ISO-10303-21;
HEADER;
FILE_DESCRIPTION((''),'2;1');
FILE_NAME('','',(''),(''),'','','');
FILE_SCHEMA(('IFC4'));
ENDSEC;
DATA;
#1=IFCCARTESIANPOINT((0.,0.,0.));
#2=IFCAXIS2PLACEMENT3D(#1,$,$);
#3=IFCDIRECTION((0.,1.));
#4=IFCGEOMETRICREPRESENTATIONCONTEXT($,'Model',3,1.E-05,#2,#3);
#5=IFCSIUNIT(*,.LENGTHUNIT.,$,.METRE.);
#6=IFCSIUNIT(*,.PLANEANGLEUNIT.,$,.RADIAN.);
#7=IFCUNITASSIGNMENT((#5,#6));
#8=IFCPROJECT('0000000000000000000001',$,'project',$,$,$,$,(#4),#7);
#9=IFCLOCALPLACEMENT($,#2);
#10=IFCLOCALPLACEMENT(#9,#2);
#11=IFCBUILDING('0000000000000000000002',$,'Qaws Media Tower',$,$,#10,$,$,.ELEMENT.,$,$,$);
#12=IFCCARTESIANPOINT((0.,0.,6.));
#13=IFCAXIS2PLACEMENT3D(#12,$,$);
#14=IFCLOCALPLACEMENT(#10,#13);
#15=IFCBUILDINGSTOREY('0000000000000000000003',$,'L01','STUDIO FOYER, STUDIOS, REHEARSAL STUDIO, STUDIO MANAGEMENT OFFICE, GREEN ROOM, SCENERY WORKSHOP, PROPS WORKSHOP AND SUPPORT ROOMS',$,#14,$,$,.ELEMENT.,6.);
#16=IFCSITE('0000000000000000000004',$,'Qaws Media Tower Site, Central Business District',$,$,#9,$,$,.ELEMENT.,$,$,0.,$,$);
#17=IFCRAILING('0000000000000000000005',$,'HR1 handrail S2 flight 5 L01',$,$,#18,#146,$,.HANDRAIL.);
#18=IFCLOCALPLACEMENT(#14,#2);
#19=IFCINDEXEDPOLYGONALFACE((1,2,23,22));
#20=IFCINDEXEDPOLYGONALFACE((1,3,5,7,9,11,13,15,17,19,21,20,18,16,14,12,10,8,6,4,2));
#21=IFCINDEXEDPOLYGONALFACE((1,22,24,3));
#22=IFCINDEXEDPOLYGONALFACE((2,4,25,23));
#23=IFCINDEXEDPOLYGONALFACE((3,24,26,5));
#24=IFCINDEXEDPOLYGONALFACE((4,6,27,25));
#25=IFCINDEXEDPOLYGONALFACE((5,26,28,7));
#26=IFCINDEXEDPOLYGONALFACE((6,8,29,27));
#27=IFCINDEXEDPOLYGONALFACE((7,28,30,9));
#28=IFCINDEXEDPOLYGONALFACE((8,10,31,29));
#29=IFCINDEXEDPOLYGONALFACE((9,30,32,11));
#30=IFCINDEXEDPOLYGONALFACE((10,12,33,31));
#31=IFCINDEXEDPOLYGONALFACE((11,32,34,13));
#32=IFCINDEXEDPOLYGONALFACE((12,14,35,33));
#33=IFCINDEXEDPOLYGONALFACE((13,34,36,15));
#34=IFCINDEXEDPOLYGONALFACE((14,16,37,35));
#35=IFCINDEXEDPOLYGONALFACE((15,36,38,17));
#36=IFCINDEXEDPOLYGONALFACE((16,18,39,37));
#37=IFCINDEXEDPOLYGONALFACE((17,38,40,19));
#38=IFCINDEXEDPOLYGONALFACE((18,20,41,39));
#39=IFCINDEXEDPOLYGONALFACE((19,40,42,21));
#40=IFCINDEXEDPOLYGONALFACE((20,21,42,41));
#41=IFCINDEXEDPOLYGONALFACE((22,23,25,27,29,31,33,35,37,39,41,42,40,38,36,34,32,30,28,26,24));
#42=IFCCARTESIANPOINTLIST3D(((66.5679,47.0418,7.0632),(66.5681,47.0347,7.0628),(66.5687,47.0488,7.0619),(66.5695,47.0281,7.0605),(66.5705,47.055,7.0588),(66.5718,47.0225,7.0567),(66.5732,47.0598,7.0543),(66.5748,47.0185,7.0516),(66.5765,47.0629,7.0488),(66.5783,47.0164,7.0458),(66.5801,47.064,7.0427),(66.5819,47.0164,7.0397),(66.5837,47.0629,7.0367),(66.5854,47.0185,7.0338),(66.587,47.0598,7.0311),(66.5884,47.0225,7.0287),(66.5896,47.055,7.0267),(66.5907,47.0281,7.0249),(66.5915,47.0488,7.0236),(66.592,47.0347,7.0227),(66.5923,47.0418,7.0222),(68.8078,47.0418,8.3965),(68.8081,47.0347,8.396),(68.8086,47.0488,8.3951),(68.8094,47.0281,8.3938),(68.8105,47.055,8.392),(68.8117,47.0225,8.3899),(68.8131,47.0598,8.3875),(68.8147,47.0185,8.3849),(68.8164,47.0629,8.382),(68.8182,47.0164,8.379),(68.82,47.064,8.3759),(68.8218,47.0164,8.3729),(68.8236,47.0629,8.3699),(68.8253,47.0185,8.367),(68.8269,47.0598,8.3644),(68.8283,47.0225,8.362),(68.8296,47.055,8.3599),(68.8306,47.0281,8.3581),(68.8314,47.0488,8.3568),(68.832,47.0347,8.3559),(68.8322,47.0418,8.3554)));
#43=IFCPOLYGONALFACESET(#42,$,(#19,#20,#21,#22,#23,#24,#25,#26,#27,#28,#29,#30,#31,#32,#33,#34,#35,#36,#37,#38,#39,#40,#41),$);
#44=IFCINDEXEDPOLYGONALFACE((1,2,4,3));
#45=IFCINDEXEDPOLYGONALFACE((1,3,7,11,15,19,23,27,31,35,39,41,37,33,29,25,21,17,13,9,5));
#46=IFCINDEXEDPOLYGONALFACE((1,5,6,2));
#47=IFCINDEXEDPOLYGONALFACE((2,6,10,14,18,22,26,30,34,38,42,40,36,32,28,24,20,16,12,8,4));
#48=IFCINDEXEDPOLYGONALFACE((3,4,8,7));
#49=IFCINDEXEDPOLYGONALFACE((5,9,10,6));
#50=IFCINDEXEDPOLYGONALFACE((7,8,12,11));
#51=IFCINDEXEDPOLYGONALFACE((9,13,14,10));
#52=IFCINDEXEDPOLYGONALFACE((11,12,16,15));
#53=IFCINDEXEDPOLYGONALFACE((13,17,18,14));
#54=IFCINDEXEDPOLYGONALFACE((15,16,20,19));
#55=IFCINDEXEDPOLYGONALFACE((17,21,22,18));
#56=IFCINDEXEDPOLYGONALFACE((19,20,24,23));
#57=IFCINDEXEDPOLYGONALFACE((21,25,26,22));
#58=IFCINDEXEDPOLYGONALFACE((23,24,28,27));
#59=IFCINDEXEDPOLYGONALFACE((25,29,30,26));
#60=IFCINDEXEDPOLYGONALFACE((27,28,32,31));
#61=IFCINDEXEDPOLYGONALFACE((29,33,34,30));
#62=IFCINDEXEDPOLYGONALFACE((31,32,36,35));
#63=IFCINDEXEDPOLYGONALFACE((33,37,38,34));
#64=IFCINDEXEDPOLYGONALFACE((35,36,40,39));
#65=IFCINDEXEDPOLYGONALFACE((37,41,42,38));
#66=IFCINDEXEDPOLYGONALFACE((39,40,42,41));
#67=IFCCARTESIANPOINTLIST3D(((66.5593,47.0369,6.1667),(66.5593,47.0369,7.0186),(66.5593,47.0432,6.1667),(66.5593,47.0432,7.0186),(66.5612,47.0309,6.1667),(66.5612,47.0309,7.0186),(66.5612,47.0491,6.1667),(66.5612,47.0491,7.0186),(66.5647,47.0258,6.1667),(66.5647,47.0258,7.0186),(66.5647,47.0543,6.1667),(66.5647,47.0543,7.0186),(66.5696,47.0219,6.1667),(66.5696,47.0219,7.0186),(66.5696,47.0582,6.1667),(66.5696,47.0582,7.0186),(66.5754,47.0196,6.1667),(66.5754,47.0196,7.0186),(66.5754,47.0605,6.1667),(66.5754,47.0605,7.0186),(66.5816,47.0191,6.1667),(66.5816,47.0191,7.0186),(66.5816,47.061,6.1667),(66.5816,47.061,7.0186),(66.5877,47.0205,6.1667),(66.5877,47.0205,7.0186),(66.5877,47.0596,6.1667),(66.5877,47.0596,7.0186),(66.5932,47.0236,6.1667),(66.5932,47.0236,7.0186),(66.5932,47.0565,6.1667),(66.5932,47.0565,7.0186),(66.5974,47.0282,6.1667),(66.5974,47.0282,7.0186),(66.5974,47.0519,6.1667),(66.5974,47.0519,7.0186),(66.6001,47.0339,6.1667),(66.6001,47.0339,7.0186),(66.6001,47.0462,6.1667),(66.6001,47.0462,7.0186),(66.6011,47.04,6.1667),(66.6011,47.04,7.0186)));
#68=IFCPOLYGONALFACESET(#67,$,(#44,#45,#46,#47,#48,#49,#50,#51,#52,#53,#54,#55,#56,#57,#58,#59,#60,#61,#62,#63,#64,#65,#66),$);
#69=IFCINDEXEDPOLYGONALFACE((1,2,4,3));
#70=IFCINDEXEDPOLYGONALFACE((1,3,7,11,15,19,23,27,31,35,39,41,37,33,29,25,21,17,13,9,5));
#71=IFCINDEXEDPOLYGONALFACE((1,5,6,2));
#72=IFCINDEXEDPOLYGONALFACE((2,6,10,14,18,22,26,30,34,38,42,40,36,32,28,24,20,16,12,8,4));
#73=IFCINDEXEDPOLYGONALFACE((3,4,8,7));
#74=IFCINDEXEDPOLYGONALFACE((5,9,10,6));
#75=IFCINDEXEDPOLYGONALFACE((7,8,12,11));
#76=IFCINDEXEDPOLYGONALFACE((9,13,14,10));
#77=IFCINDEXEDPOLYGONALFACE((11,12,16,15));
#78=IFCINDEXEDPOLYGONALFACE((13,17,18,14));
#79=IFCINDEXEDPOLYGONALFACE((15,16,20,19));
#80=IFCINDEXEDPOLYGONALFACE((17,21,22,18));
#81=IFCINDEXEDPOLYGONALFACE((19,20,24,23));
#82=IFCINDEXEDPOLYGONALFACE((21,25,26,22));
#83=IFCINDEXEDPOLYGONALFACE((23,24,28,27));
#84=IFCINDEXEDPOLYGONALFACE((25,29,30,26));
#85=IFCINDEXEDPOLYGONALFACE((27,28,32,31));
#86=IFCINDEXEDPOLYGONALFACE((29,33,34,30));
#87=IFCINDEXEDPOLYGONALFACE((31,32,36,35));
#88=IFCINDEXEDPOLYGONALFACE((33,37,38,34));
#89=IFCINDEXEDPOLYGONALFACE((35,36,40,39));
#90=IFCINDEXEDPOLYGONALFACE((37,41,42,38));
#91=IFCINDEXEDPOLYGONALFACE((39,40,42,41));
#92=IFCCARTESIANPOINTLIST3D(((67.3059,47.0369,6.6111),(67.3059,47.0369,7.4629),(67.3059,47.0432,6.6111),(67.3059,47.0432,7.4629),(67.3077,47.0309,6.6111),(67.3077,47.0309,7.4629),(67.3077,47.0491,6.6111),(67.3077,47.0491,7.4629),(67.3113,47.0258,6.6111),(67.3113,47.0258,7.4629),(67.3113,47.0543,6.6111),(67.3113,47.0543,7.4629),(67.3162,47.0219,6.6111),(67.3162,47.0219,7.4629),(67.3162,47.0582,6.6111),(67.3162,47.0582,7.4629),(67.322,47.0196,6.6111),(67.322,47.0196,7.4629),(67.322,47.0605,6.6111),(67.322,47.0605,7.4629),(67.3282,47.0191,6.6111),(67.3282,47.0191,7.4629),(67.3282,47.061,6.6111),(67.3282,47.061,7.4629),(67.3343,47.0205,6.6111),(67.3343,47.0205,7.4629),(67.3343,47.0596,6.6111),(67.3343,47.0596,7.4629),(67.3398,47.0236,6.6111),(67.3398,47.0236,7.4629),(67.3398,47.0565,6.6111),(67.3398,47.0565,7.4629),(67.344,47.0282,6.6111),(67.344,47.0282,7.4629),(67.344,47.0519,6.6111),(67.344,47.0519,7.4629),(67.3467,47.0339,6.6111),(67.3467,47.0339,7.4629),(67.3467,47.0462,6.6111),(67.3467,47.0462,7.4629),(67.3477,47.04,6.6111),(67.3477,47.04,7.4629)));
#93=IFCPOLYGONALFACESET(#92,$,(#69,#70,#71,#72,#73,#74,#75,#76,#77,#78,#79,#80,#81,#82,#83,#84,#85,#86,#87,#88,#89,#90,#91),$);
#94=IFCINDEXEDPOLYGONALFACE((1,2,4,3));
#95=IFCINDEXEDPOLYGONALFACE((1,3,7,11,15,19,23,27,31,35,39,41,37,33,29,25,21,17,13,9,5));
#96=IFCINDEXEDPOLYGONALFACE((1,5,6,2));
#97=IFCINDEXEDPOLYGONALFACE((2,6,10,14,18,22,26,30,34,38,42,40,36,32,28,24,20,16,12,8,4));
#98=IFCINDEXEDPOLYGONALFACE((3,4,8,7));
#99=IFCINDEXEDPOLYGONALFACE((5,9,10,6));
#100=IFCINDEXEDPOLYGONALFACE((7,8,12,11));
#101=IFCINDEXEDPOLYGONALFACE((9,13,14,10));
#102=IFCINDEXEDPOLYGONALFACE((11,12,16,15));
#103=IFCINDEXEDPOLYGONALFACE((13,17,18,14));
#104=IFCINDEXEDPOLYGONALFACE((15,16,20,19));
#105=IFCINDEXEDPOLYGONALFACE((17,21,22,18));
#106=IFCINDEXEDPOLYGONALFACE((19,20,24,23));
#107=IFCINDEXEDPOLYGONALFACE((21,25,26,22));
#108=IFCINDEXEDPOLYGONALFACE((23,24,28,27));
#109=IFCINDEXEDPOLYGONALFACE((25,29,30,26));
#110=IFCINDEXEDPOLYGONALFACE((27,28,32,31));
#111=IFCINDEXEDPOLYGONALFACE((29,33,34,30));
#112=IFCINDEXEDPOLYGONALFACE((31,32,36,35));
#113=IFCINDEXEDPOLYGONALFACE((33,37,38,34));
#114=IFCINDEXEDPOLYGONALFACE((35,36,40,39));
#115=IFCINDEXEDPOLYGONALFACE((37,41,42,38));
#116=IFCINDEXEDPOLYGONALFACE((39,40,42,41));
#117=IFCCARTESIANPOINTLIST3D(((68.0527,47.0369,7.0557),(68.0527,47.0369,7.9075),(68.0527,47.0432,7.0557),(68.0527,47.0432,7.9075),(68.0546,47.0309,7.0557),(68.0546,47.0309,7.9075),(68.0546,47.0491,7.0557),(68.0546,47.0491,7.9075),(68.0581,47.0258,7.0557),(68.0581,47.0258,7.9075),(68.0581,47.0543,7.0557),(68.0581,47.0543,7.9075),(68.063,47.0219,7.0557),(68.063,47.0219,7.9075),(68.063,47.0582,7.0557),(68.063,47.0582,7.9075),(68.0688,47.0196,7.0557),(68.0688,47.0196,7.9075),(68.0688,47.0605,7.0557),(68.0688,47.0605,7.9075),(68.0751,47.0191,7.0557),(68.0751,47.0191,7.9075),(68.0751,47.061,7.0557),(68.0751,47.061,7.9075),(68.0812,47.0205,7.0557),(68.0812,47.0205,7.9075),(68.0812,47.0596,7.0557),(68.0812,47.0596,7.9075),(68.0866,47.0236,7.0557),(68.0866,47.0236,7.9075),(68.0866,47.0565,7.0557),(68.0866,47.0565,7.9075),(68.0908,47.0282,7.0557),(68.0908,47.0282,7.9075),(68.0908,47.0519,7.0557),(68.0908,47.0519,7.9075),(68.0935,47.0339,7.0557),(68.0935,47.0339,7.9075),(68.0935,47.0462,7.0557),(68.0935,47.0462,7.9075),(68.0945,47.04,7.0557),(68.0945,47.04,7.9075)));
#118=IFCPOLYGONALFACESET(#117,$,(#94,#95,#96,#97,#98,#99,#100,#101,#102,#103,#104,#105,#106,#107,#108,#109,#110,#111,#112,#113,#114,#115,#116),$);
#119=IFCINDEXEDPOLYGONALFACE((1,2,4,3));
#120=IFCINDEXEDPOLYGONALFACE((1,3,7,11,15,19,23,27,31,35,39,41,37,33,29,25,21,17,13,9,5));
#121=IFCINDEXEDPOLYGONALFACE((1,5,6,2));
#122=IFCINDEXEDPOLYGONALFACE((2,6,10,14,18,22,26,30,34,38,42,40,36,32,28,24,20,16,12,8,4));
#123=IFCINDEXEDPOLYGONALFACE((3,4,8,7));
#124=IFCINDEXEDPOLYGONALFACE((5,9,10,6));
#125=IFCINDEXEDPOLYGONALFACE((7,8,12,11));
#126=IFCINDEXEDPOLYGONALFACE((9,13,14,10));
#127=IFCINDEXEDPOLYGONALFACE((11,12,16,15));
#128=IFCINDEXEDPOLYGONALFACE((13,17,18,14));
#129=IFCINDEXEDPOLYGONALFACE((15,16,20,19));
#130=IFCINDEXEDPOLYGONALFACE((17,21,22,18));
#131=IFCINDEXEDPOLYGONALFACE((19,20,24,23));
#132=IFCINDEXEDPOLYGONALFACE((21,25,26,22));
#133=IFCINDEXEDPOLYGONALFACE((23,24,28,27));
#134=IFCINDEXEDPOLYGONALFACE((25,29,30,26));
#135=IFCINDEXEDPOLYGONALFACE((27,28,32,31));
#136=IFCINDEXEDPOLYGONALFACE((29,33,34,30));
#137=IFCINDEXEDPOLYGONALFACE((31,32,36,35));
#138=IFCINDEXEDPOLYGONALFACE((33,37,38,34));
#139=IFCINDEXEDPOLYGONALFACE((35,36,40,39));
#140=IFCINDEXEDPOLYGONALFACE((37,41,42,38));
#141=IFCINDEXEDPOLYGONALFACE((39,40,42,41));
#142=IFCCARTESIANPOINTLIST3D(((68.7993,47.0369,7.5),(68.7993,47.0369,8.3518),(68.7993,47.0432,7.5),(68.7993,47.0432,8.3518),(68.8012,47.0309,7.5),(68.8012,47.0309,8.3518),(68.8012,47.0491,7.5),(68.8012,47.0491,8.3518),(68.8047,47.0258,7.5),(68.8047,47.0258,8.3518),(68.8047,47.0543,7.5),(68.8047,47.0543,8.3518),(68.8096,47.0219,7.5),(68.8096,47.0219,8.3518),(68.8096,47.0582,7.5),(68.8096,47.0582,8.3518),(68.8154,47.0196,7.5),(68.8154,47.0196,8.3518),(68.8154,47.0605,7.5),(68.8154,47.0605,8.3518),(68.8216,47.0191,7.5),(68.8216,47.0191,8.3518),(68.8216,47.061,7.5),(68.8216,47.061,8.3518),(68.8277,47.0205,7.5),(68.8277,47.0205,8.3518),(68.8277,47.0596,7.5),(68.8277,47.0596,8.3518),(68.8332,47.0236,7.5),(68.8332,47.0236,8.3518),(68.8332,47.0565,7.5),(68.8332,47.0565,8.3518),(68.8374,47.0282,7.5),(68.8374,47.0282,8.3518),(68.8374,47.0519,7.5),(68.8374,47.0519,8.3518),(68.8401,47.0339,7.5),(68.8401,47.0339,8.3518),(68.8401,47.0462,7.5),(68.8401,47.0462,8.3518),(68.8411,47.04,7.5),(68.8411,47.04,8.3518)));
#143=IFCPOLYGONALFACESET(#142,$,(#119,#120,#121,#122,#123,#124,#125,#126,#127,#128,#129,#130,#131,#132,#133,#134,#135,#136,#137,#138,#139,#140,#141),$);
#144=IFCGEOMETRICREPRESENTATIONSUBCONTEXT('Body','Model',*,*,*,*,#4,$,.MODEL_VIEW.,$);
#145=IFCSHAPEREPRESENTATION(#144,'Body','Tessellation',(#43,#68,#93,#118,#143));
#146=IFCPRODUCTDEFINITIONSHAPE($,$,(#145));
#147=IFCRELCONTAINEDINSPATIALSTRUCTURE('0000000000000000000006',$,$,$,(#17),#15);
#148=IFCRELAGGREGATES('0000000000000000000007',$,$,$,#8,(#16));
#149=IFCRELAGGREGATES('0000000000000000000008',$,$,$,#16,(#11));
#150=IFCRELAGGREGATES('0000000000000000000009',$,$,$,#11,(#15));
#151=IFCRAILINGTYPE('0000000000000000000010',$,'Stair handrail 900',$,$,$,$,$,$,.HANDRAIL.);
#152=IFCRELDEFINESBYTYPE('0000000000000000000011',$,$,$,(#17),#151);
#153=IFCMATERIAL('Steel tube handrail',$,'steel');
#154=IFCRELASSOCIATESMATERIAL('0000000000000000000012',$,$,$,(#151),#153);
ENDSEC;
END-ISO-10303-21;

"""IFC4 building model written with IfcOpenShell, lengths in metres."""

from ifc_helpers import new_model, si_unit, direction, frame, origin, origin_2d, place, context, subcontext, project, spatial, circle, extrude, material, type_object, element, save


model = new_model("IFC4")

# Units and contexts
model_context = context("Model", 3, precision=1e-05, world=origin(), true_north=direction((0.0, 1.0)))
body_context = subcontext(model_context, "Body", "Model", "MODEL_VIEW")
ifc_project = project(units=[si_unit("LENGTHUNIT", "METRE"), si_unit("PLANEANGLEUNIT", "RADIAN")], contexts=[model_context])

# Site, building, storey
site_placement = place(None, origin())
site = spatial("IfcSite", under=ifc_project, at=site_placement, Name="Qaws Media Tower Site, Central Business District", CompositionType="ELEMENT", RefElevation=0.0)
building_placement = place(site_placement, origin())
building = spatial("IfcBuilding", under=site, at=building_placement, Name="Qaws Media Tower", CompositionType="ELEMENT")
storey_placement = place(building_placement, frame((0.0, 0.0, 6.0)))
storey = spatial("IfcBuildingStorey", under=building, at=storey_placement, Name="L01", Description="STUDIO FOYER, STUDIOS, REHEARSAL STUDIO, STUDIO MANAGEMENT OFFICE, GREEN ROOM, SCENERY WORKSHOP, PROPS WORKSHOP AND SUPPORT ROOMS", CompositionType="ELEMENT", Elevation=6.0)

# Railing
ifc_material_1 = material(Name="Steel tube handrail", Category="steel")
railing_type = type_object("IfcRailingType", Name="Stair handrail 900", PredefinedType="HANDRAIL", material=ifc_material_1)
for number, where, name in (
    (1, (66.5801, 47.04, 6.1667), "HR1 handrail S2 flight 5 L01"),
):
    element("IfcRailing", number, at=place(storey_placement, frame(where)), inside=storey, type_object=railing_type, Name=name, PredefinedType="HANDRAIL", context=body_context, shape_type="SweptSolid", body=[
        extrude(circle(Radius=0.0239, at=origin_2d()), frame((0.0, 0.0, 0.876), z_axis=(0.859306, 0.0, 0.511462), x_axis=(0.0, 1.0, 0.0)), (0.0, 0.0, 1.0), 2.6067),
        extrude(circle(Radius=0.021, at=origin_2d()), origin(), (0.0, 0.0, 1.0), 0.8518),
        extrude(circle(Radius=0.021, at=origin_2d()), frame((0.7466, 0.0, 0.4443)), (0.0, 0.0, 1.0), 0.8518),
        extrude(circle(Radius=0.021, at=origin_2d()), frame((1.4934, 0.0, 0.8889)), (0.0, 0.0, 1.0), 0.8518),
        extrude(circle(Radius=0.021, at=origin_2d()), frame((2.24, 0.0, 1.3333)), (0.0, 0.0, 1.0), 0.8518),
    ])

save(model, "model.ifc")
